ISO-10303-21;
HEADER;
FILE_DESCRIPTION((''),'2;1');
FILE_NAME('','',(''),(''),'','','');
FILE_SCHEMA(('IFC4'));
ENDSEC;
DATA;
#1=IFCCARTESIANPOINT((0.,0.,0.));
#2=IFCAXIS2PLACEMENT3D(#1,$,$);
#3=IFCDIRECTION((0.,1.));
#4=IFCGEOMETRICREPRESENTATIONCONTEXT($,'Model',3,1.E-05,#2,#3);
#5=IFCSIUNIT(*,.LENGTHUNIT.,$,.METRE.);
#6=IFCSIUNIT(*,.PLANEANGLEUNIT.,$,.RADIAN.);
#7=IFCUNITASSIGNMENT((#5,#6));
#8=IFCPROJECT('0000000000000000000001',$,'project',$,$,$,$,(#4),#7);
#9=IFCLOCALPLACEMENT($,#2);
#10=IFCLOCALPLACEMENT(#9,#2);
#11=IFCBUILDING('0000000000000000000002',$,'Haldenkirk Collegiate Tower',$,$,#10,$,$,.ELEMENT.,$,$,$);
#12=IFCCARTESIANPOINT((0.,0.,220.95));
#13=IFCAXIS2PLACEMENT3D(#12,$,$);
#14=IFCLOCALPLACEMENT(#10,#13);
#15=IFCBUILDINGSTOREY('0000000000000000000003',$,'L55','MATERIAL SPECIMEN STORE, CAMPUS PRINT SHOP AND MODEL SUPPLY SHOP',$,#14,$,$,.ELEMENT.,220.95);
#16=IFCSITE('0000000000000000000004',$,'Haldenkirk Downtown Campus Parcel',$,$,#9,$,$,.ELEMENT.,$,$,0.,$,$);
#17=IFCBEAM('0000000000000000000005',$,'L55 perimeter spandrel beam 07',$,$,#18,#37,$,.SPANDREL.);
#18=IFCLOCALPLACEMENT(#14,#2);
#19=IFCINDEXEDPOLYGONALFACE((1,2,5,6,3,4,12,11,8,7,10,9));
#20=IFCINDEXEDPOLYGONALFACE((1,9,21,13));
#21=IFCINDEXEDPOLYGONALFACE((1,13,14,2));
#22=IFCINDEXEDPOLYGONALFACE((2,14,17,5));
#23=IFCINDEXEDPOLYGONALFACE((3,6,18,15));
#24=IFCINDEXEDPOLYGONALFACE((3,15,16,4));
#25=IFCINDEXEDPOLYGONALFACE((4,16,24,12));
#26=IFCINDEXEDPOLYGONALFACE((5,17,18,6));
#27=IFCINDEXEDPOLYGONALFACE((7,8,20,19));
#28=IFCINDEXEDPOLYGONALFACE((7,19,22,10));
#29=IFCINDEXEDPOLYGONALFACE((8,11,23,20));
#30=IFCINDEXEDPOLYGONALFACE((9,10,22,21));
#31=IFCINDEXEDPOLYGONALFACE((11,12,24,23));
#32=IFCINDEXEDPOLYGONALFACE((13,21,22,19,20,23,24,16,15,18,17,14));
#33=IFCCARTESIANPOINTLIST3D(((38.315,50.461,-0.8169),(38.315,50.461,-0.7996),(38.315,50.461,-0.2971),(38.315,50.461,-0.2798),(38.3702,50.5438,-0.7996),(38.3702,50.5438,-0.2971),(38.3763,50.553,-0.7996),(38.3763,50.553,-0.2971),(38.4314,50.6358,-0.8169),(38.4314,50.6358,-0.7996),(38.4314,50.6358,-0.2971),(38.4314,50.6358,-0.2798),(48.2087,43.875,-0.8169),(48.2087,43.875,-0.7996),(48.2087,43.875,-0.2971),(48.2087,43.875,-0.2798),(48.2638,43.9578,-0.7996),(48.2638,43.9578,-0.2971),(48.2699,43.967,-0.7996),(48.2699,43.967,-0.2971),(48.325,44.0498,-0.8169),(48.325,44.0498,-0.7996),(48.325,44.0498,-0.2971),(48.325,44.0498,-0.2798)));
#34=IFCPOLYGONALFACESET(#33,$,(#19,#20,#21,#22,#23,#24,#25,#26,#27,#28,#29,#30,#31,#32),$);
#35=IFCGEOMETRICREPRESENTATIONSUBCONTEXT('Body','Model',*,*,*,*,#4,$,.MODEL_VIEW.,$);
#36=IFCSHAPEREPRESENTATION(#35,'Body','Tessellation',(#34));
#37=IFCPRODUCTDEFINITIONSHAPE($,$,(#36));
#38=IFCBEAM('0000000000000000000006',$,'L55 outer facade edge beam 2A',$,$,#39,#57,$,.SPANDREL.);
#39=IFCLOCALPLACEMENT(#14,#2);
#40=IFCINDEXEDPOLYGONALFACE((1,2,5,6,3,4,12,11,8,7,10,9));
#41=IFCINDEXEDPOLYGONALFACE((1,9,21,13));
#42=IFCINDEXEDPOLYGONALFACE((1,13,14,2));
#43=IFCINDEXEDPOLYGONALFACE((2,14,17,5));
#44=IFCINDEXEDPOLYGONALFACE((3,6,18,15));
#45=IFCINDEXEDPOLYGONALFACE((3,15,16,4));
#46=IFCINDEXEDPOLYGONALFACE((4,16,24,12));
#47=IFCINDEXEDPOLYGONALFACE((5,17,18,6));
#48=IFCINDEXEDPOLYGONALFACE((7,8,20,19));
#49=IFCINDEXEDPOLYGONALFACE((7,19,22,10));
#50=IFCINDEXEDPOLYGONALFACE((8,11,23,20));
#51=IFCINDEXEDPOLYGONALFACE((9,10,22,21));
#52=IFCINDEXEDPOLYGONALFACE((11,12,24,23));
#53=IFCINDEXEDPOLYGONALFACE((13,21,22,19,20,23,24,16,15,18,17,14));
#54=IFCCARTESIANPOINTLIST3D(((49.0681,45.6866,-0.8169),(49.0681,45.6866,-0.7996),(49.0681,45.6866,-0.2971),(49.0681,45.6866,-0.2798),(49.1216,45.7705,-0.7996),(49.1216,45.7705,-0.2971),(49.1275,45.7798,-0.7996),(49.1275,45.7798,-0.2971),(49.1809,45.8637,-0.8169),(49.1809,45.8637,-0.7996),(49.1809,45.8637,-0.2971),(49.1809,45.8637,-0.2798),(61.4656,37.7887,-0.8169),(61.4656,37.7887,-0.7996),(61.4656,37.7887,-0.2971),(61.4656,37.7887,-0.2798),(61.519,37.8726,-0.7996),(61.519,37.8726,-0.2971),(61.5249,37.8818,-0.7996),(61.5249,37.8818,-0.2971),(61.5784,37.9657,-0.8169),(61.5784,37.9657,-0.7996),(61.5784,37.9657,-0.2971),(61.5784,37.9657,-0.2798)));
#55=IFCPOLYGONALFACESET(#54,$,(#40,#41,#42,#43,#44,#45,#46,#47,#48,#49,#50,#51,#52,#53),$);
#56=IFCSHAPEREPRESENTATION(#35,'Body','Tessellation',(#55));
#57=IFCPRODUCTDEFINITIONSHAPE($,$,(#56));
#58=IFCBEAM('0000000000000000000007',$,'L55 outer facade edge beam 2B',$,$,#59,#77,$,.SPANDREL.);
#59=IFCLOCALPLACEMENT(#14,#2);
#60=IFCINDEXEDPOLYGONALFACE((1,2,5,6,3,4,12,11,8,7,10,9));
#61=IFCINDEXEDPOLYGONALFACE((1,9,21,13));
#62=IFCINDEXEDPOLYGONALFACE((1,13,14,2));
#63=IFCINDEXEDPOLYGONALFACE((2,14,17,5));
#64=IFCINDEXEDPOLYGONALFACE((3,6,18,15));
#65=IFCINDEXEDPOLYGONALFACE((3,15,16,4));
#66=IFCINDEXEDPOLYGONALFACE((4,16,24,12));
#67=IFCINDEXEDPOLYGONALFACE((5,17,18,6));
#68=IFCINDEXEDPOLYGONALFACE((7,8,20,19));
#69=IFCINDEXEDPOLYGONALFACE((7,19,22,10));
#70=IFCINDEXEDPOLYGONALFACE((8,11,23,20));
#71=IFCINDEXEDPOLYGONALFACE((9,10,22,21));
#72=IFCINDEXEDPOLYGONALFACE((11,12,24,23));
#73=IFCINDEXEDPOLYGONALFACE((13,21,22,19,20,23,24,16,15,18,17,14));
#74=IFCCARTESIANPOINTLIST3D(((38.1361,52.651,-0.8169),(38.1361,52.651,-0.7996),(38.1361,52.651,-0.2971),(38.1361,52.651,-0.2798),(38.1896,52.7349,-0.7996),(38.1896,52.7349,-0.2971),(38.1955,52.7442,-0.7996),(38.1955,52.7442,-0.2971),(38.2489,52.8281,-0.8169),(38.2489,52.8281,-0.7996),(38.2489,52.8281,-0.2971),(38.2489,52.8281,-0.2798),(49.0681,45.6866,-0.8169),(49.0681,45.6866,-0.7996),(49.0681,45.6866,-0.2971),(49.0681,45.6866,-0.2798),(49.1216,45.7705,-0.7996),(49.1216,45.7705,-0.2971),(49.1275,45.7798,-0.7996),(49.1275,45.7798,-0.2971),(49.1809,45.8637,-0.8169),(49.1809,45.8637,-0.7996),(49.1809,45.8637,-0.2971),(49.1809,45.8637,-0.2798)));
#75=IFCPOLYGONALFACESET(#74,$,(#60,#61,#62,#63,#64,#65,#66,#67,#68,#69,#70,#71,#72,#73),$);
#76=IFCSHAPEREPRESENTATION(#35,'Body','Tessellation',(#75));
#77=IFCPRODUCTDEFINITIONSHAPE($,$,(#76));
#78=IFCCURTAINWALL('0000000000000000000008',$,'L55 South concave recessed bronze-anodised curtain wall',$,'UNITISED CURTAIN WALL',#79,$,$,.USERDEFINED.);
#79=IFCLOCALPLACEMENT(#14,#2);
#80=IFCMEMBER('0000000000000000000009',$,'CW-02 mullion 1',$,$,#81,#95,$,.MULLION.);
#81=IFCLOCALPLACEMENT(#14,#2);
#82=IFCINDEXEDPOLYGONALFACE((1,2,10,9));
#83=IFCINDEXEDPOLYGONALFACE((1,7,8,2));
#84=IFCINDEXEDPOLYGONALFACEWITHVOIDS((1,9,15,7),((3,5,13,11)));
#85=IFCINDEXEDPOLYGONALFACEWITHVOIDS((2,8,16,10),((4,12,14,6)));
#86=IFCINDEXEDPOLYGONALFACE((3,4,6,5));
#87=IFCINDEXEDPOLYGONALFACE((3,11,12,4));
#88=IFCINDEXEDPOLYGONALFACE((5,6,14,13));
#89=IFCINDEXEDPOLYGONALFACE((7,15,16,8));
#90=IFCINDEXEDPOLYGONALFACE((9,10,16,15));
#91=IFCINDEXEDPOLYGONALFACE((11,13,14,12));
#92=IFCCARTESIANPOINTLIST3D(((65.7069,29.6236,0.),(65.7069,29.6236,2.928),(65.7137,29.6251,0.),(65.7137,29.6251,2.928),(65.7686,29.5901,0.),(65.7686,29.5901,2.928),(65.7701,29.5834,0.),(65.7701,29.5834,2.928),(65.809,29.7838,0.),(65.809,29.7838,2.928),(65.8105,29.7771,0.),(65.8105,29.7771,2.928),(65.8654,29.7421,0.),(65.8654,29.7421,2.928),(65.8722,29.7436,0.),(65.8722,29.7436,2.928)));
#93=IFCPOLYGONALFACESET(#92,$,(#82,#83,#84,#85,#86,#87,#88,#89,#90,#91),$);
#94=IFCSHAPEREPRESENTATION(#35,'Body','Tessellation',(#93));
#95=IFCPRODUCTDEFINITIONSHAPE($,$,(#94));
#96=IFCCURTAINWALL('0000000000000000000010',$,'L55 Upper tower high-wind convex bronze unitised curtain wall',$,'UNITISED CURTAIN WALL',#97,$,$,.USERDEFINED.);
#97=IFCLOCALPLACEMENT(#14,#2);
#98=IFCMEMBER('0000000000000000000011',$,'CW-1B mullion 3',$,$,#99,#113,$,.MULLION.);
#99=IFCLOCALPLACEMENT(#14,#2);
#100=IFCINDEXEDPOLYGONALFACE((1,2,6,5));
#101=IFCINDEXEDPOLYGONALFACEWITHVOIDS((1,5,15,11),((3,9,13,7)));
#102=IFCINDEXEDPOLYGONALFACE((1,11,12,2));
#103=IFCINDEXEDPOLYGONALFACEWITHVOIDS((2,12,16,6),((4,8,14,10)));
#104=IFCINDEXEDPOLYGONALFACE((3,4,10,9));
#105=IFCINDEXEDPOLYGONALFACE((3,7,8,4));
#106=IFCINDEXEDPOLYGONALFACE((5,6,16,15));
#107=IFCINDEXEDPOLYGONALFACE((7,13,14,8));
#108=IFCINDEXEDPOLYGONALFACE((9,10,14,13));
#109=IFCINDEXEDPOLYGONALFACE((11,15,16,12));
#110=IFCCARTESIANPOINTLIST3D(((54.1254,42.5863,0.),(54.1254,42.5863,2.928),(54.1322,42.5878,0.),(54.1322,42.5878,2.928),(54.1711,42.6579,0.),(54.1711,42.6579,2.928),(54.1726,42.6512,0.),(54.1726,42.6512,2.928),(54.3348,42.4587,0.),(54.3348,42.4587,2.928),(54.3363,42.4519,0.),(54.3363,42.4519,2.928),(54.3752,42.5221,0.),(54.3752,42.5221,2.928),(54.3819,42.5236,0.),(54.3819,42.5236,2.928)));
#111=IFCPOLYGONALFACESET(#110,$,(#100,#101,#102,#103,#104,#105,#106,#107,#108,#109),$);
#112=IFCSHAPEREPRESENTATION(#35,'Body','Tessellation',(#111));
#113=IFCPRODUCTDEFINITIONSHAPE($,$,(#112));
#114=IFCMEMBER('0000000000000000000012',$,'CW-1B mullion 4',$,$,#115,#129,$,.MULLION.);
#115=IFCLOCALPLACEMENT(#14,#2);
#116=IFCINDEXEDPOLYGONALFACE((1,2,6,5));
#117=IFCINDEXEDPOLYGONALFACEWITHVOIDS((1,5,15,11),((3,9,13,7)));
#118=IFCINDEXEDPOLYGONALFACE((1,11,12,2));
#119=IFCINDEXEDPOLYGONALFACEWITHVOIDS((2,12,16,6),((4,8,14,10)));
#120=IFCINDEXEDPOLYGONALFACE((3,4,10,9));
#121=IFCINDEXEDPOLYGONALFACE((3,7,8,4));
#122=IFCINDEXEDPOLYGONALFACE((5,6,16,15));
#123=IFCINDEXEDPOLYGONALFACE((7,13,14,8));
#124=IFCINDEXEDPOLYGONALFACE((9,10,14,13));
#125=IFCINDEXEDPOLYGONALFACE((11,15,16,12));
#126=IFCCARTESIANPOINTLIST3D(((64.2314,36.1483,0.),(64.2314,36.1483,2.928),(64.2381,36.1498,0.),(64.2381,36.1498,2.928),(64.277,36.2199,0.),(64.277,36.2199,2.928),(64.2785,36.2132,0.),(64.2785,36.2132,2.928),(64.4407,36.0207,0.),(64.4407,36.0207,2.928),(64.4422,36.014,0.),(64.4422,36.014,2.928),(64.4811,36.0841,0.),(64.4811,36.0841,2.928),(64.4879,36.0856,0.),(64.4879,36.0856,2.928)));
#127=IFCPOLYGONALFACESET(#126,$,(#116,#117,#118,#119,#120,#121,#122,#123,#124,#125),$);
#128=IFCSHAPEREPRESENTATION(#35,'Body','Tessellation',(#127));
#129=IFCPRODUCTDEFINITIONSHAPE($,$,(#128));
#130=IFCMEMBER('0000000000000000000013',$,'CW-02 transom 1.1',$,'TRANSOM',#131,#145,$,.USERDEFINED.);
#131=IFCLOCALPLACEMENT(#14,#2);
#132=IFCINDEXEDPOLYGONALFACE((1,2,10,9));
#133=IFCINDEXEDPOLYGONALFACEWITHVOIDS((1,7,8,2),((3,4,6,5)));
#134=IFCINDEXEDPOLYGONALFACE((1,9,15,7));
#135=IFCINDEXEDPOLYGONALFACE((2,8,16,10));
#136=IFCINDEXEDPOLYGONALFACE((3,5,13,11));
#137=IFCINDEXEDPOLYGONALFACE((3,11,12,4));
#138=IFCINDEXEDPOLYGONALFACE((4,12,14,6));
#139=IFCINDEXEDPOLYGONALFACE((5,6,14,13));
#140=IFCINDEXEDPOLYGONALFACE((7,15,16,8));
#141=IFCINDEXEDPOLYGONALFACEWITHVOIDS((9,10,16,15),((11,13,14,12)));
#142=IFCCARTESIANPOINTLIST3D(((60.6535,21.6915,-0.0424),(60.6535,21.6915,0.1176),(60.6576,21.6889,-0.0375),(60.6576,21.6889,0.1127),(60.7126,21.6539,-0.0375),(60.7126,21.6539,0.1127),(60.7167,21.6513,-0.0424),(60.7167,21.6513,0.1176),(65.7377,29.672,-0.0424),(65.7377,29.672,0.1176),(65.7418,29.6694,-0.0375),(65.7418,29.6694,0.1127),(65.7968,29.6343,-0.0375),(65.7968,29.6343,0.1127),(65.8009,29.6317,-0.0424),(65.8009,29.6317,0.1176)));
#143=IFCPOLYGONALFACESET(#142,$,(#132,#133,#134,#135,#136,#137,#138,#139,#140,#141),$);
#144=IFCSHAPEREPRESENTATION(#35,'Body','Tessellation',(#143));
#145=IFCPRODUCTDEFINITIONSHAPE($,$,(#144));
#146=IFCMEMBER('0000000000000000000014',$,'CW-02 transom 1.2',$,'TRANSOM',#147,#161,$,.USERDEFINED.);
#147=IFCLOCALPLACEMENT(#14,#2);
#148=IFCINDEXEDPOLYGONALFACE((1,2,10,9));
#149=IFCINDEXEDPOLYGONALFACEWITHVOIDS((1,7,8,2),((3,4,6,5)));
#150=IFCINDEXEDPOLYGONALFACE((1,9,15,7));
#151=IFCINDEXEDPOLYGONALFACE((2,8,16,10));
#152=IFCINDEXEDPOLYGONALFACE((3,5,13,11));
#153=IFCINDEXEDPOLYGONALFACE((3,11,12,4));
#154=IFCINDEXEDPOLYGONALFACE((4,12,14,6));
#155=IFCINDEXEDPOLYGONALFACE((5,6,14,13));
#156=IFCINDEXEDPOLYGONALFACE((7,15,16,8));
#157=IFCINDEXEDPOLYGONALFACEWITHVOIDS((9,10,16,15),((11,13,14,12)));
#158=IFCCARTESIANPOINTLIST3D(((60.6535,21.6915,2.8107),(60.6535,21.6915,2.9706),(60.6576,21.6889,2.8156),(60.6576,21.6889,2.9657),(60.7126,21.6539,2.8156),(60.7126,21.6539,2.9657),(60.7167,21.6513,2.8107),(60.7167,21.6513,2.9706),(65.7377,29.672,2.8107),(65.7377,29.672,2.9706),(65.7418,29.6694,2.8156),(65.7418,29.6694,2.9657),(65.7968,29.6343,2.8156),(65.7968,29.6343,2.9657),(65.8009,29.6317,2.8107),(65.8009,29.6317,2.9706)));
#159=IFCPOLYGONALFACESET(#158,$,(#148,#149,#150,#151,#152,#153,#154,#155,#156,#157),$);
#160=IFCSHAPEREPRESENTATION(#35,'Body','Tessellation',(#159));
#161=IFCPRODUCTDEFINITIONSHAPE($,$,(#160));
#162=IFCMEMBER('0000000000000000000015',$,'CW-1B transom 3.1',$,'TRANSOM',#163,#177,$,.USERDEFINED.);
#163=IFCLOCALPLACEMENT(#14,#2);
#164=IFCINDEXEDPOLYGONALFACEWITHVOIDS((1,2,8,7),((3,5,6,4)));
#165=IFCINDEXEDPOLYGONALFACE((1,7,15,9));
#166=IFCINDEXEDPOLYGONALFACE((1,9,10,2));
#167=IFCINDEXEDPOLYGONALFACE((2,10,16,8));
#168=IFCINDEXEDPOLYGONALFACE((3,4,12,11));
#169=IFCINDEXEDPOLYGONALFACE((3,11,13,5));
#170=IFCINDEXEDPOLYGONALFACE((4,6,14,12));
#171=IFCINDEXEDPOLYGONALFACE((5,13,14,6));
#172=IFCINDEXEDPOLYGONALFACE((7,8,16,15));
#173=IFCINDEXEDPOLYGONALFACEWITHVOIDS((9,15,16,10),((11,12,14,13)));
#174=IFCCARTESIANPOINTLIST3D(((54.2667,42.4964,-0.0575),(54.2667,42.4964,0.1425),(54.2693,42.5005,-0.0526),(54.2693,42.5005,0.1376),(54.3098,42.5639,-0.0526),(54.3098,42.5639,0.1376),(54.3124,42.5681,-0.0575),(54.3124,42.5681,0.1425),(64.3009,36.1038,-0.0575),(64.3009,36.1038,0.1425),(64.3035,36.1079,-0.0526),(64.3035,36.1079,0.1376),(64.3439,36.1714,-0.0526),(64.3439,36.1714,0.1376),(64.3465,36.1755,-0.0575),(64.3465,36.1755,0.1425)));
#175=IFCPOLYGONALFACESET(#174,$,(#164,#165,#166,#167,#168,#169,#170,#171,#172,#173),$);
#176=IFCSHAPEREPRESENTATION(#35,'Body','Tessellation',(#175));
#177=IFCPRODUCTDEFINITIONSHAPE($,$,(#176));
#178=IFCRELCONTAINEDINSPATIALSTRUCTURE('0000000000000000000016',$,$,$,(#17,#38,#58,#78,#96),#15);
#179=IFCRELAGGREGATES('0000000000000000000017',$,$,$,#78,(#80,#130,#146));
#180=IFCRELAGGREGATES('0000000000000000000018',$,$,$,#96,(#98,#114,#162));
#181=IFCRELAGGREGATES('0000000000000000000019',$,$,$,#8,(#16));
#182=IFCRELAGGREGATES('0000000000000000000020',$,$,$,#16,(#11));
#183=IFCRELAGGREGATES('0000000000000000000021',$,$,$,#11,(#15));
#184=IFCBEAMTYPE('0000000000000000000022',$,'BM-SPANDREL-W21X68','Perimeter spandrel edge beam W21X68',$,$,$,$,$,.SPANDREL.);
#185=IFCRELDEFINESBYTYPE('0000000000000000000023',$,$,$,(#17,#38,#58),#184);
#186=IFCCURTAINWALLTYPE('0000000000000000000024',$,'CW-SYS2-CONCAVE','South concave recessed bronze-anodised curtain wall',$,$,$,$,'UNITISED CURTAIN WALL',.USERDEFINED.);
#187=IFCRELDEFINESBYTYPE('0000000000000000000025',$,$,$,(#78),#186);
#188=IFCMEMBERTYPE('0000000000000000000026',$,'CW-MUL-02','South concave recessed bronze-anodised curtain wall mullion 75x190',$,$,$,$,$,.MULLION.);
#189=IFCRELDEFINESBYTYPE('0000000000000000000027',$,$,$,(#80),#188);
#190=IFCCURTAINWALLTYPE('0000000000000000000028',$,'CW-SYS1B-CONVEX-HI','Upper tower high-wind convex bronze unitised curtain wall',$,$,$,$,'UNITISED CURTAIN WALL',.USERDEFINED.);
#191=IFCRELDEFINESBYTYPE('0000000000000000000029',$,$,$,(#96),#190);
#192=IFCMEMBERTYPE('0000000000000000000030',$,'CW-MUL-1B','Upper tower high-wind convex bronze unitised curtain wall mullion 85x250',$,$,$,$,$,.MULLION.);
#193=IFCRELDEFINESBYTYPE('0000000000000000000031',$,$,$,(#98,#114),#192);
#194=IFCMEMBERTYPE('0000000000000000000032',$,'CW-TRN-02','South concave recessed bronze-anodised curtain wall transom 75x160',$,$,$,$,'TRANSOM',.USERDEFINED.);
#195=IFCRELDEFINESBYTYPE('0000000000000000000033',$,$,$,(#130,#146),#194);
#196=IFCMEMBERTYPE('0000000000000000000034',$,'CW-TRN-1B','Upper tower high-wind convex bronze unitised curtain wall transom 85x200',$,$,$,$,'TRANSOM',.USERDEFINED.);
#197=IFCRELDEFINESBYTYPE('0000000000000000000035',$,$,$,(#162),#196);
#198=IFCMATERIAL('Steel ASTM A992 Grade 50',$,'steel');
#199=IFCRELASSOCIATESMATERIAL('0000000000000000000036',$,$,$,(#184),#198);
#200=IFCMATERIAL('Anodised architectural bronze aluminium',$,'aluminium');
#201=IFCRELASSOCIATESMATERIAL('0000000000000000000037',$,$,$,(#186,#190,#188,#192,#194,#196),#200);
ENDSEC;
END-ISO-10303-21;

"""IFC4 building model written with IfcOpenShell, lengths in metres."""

from ifc_helpers import new_model, si_unit, direction, frame, origin, origin_2d, place, context, subcontext, project, spatial, hollow_rectangle, i_section, extrude, material, material_profile, profile_set, type_object, element, aggregate, save


model = new_model("IFC4")

# Units and contexts
model_context = context("Model", 3, precision=1e-05, world=origin(), true_north=direction((0.0, 1.0)))
body_context = subcontext(model_context, "Body", "Model", "MODEL_VIEW")
ifc_project = project(units=[si_unit("LENGTHUNIT", "METRE"), si_unit("PLANEANGLEUNIT", "RADIAN")], contexts=[model_context])

# Site, building, storey
site_placement = place(None, origin())
site = spatial("IfcSite", under=ifc_project, at=site_placement, Name="Haldenkirk Downtown Campus Parcel", CompositionType="ELEMENT", RefElevation=0.0)
building_placement = place(site_placement, origin())
building = spatial("IfcBuilding", under=site, at=building_placement, Name="Haldenkirk Collegiate Tower", CompositionType="ELEMENT")
storey_placement = place(building_placement, frame((0.0, 0.0, 220.95)))
storey = spatial("IfcBuildingStorey", under=building, at=storey_placement, Name="L55", Description="MATERIAL SPECIMEN STORE, CAMPUS PRINT SHOP AND MODEL SUPPLY SHOP", CompositionType="ELEMENT", Elevation=220.95)

# Beams
ifc_material_1 = material(Name="Steel ASTM A992 Grade 50", Category="steel")
ifc_material_profile_1 = material_profile(ifc_material_1, i_section(OverallWidth=0.21, OverallDepth=0.5371, WebThickness=0.011, FlangeThickness=0.0173, at=origin_2d()), Name="W21X68")
ifc_profile_set_1 = profile_set([ifc_material_profile_1], Name="Steel ASTM A992 Grade 50")
beam_type_1 = type_object("IfcBeamType", Name="BM-SPANDREL-W21X68", Description="Perimeter spandrel edge beam W21X68", PredefinedType="SPANDREL", material=ifc_profile_set_1)
beam_1_placement = place(storey_placement, frame((48.2668, 43.9624, -0.5483), z_axis=(-0.832429, 0.554131, 0.0), x_axis=(-0.554131, -0.832429, 0.0)))
element("IfcBeam", 1, at=beam_1_placement, inside=storey, type_object=beam_type_1, Name="L55 perimeter spandrel beam 07", PredefinedType="SPANDREL", context=body_context, shape_type="SweptSolid", body=[
    extrude(i_section(OverallWidth=0.21, OverallDepth=0.5371, WebThickness=0.011, FlangeThickness=0.0173, at=origin_2d()), origin(), (0.0, 0.0, 1.0), 11.8853),
])
beam_2_placement = place(storey_placement, frame((61.522, 37.8772, -0.5483), z_axis=(-0.843395, 0.537295, 0.0), x_axis=(-0.537295, -0.843395, 0.0)))
element("IfcBeam", 2, at=beam_2_placement, inside=storey, type_object=beam_type_1, Name="L55 outer facade edge beam 2A", PredefinedType="SPANDREL", context=body_context, shape_type="SweptSolid", body=[
    extrude(i_section(OverallWidth=0.21, OverallDepth=0.5371, WebThickness=0.011, FlangeThickness=0.0173, at=origin_2d()), origin(), (0.0, 0.0, 1.0), 14.6995),
])
beam_3_placement = place(storey_placement, frame((49.1245, 45.7751, -0.5483), z_axis=(-0.843392, 0.537298, 0.0), x_axis=(-0.537298, -0.843392, 0.0)))
element("IfcBeam", 3, at=beam_3_placement, inside=storey, type_object=beam_type_1, Name="L55 outer facade edge beam 2B", PredefinedType="SPANDREL", context=body_context, shape_type="SweptSolid", body=[
    extrude(i_section(OverallWidth=0.21, OverallDepth=0.5371, WebThickness=0.011, FlangeThickness=0.0173, at=origin_2d()), origin(), (0.0, 0.0, 1.0), 12.9619),
])

# Curtain wall, member
ifc_material_2 = material(Name="Anodised architectural bronze aluminium", Category="aluminium")
curtain_wall_type_1 = type_object("IfcCurtainWallType", Name="CW-SYS2-CONCAVE", Description="South concave recessed bronze-anodised curtain wall", ElementType="UNITISED CURTAIN WALL", PredefinedType="USERDEFINED", material=ifc_material_2)
curtain_wall_1_placement = place(storey_placement, origin())
curtain_wall_1 = element("IfcCurtainWall", 4, at=curtain_wall_1_placement, inside=storey, type_object=curtain_wall_type_1, Name="L55 South concave recessed bronze-anodised curtain wall", ObjectType="UNITISED CURTAIN WALL", PredefinedType="USERDEFINED")
ifc_material_profile_2 = material_profile(ifc_material_2, hollow_rectangle(XDim=0.075, YDim=0.1899, WallThickness=0.0049, at=origin_2d()), Name="CW-MUL-02")
ifc_profile_set_2 = profile_set([ifc_material_profile_2], Name="Anodised architectural bronze aluminium")
member_type_1 = type_object("IfcMemberType", Name="CW-MUL-02", Description="South concave recessed bronze-anodised curtain wall mullion 75x190", PredefinedType="MULLION", material=ifc_profile_set_2)
member_1_placement = place(storey_placement, frame((65.7896, 29.6836, 0.0), z_axis=(0.0, 0.0, 1.0), x_axis=(0.84339, -0.537301, 0.0)))
member_1 = element("IfcMember", 5, at=member_1_placement, type_object=member_type_1, Name="CW-02 mullion 1", PredefinedType="MULLION", context=body_context, shape_type="SweptSolid", body=[
    extrude(hollow_rectangle(XDim=0.075, YDim=0.1899, WallThickness=0.0049, at=origin_2d()), origin(), (0.0, 0.0, 1.0), 2.928),
])

# Curtain wall, members
curtain_wall_type_2 = type_object("IfcCurtainWallType", Name="CW-SYS1B-CONVEX-HI", Description="Upper tower high-wind convex bronze unitised curtain wall", ElementType="UNITISED CURTAIN WALL", PredefinedType="USERDEFINED", material=ifc_material_2)
curtain_wall_2_placement = place(storey_placement, origin())
curtain_wall_2 = element("IfcCurtainWall", 6, at=curtain_wall_2_placement, inside=storey, type_object=curtain_wall_type_2, Name="L55 Upper tower high-wind convex bronze unitised curtain wall", ObjectType="UNITISED CURTAIN WALL", PredefinedType="USERDEFINED")
ifc_material_profile_3 = material_profile(ifc_material_2, hollow_rectangle(XDim=0.085, YDim=0.25, WallThickness=0.0049, at=origin_2d()), Name="CW-MUL-1B")
ifc_profile_set_3 = profile_set([ifc_material_profile_3], Name="Anodised architectural bronze aluminium")
member_type_2 = type_object("IfcMemberType", Name="CW-MUL-1B", Description="Upper tower high-wind convex bronze unitised curtain wall mullion 85x250", PredefinedType="MULLION", material=ifc_profile_set_3)
member_2_placement = place(storey_placement, frame((54.2537, 42.5549, 0.0), z_axis=(0.0, 0.0, 1.0), x_axis=(0.5373, 0.843391, 0.0)))
member_2 = element("IfcMember", 7, at=member_2_placement, type_object=member_type_2, Name="CW-1B mullion 3", PredefinedType="MULLION", context=body_context, shape_type="SweptSolid", body=[
    extrude(hollow_rectangle(XDim=0.085, YDim=0.25, WallThickness=0.0049, at=origin_2d()), origin(), (0.0, 0.0, 1.0), 2.928),
])
member_3_placement = place(storey_placement, frame((64.3596, 36.1169, 0.0), z_axis=(0.0, 0.0, 1.0), x_axis=(0.5373, 0.843391, 0.0)))
member_3 = element("IfcMember", 8, at=member_3_placement, type_object=member_type_2, Name="CW-1B mullion 4", PredefinedType="MULLION", context=body_context, shape_type="SweptSolid", body=[
    extrude(hollow_rectangle(XDim=0.085, YDim=0.25, WallThickness=0.0049, at=origin_2d()), origin(), (0.0, 0.0, 1.0), 2.928),
])

# Members
ifc_material_profile_4 = material_profile(ifc_material_2, hollow_rectangle(XDim=0.075, YDim=0.1599, WallThickness=0.0049, at=origin_2d()), Name="CW-TRN-02")
ifc_profile_set_4 = profile_set([ifc_material_profile_4], Name="Anodised architectural bronze aluminium")
member_type_3 = type_object("IfcMemberType", Name="CW-TRN-02", Description="South concave recessed bronze-anodised curtain wall transom 75x160", ElementType="TRANSOM", PredefinedType="USERDEFINED", material=ifc_profile_set_4)
member_4_placement = place(storey_placement, frame((65.7693, 29.6519, 0.0376), z_axis=(-0.537308, -0.843386, 0.0), x_axis=(0.843386, -0.537308, 0.0)))
member_4 = element("IfcMember", 9, at=member_4_placement, type_object=member_type_3, Name="CW-02 transom 1.1", ObjectType="TRANSOM", PredefinedType="USERDEFINED", context=body_context, shape_type="SweptSolid", body=[
    extrude(hollow_rectangle(XDim=0.075, YDim=0.1599, WallThickness=0.0049, at=origin_2d()), origin(), (0.0, 0.0, 1.0), 9.4624),
])
member_5_placement = place(storey_placement, frame((65.7693, 29.6519, 2.8906), z_axis=(-0.537308, -0.843386, 0.0), x_axis=(0.843386, -0.537308, 0.0)))
member_5 = element("IfcMember", 10, at=member_5_placement, type_object=member_type_3, Name="CW-02 transom 1.2", ObjectType="TRANSOM", PredefinedType="USERDEFINED", context=body_context, shape_type="SweptSolid", body=[
    extrude(hollow_rectangle(XDim=0.075, YDim=0.1599, WallThickness=0.0049, at=origin_2d()), origin(), (0.0, 0.0, 1.0), 9.4624),
])
ifc_material_profile_5 = material_profile(ifc_material_2, hollow_rectangle(XDim=0.085, YDim=0.2, WallThickness=0.0049, at=origin_2d()), Name="CW-TRN-1B")
ifc_profile_set_5 = profile_set([ifc_material_profile_5], Name="Anodised architectural bronze aluminium")
member_type_4 = type_object("IfcMemberType", Name="CW-TRN-1B", Description="Upper tower high-wind convex bronze unitised curtain wall transom 85x200", ElementType="TRANSOM", PredefinedType="USERDEFINED", material=ifc_profile_set_5)
member_6_placement = place(storey_placement, frame((54.2896, 42.5322, 0.0425), z_axis=(0.843388, -0.537306, 0.0), x_axis=(0.537306, 0.843388, 0.0)))
member_6 = element("IfcMember", 11, at=member_6_placement, type_object=member_type_4, Name="CW-1B transom 3.1", ObjectType="TRANSOM", PredefinedType="USERDEFINED", context=body_context, shape_type="SweptSolid", body=[
    extrude(hollow_rectangle(XDim=0.085, YDim=0.2, WallThickness=0.0049, at=origin_2d()), origin(), (0.0, 0.0, 1.0), 11.8975),
])

aggregate(curtain_wall_1, [member_1, member_4, member_5])
aggregate(curtain_wall_2, [member_2, member_3, member_6])

save(model, "model.ifc")
